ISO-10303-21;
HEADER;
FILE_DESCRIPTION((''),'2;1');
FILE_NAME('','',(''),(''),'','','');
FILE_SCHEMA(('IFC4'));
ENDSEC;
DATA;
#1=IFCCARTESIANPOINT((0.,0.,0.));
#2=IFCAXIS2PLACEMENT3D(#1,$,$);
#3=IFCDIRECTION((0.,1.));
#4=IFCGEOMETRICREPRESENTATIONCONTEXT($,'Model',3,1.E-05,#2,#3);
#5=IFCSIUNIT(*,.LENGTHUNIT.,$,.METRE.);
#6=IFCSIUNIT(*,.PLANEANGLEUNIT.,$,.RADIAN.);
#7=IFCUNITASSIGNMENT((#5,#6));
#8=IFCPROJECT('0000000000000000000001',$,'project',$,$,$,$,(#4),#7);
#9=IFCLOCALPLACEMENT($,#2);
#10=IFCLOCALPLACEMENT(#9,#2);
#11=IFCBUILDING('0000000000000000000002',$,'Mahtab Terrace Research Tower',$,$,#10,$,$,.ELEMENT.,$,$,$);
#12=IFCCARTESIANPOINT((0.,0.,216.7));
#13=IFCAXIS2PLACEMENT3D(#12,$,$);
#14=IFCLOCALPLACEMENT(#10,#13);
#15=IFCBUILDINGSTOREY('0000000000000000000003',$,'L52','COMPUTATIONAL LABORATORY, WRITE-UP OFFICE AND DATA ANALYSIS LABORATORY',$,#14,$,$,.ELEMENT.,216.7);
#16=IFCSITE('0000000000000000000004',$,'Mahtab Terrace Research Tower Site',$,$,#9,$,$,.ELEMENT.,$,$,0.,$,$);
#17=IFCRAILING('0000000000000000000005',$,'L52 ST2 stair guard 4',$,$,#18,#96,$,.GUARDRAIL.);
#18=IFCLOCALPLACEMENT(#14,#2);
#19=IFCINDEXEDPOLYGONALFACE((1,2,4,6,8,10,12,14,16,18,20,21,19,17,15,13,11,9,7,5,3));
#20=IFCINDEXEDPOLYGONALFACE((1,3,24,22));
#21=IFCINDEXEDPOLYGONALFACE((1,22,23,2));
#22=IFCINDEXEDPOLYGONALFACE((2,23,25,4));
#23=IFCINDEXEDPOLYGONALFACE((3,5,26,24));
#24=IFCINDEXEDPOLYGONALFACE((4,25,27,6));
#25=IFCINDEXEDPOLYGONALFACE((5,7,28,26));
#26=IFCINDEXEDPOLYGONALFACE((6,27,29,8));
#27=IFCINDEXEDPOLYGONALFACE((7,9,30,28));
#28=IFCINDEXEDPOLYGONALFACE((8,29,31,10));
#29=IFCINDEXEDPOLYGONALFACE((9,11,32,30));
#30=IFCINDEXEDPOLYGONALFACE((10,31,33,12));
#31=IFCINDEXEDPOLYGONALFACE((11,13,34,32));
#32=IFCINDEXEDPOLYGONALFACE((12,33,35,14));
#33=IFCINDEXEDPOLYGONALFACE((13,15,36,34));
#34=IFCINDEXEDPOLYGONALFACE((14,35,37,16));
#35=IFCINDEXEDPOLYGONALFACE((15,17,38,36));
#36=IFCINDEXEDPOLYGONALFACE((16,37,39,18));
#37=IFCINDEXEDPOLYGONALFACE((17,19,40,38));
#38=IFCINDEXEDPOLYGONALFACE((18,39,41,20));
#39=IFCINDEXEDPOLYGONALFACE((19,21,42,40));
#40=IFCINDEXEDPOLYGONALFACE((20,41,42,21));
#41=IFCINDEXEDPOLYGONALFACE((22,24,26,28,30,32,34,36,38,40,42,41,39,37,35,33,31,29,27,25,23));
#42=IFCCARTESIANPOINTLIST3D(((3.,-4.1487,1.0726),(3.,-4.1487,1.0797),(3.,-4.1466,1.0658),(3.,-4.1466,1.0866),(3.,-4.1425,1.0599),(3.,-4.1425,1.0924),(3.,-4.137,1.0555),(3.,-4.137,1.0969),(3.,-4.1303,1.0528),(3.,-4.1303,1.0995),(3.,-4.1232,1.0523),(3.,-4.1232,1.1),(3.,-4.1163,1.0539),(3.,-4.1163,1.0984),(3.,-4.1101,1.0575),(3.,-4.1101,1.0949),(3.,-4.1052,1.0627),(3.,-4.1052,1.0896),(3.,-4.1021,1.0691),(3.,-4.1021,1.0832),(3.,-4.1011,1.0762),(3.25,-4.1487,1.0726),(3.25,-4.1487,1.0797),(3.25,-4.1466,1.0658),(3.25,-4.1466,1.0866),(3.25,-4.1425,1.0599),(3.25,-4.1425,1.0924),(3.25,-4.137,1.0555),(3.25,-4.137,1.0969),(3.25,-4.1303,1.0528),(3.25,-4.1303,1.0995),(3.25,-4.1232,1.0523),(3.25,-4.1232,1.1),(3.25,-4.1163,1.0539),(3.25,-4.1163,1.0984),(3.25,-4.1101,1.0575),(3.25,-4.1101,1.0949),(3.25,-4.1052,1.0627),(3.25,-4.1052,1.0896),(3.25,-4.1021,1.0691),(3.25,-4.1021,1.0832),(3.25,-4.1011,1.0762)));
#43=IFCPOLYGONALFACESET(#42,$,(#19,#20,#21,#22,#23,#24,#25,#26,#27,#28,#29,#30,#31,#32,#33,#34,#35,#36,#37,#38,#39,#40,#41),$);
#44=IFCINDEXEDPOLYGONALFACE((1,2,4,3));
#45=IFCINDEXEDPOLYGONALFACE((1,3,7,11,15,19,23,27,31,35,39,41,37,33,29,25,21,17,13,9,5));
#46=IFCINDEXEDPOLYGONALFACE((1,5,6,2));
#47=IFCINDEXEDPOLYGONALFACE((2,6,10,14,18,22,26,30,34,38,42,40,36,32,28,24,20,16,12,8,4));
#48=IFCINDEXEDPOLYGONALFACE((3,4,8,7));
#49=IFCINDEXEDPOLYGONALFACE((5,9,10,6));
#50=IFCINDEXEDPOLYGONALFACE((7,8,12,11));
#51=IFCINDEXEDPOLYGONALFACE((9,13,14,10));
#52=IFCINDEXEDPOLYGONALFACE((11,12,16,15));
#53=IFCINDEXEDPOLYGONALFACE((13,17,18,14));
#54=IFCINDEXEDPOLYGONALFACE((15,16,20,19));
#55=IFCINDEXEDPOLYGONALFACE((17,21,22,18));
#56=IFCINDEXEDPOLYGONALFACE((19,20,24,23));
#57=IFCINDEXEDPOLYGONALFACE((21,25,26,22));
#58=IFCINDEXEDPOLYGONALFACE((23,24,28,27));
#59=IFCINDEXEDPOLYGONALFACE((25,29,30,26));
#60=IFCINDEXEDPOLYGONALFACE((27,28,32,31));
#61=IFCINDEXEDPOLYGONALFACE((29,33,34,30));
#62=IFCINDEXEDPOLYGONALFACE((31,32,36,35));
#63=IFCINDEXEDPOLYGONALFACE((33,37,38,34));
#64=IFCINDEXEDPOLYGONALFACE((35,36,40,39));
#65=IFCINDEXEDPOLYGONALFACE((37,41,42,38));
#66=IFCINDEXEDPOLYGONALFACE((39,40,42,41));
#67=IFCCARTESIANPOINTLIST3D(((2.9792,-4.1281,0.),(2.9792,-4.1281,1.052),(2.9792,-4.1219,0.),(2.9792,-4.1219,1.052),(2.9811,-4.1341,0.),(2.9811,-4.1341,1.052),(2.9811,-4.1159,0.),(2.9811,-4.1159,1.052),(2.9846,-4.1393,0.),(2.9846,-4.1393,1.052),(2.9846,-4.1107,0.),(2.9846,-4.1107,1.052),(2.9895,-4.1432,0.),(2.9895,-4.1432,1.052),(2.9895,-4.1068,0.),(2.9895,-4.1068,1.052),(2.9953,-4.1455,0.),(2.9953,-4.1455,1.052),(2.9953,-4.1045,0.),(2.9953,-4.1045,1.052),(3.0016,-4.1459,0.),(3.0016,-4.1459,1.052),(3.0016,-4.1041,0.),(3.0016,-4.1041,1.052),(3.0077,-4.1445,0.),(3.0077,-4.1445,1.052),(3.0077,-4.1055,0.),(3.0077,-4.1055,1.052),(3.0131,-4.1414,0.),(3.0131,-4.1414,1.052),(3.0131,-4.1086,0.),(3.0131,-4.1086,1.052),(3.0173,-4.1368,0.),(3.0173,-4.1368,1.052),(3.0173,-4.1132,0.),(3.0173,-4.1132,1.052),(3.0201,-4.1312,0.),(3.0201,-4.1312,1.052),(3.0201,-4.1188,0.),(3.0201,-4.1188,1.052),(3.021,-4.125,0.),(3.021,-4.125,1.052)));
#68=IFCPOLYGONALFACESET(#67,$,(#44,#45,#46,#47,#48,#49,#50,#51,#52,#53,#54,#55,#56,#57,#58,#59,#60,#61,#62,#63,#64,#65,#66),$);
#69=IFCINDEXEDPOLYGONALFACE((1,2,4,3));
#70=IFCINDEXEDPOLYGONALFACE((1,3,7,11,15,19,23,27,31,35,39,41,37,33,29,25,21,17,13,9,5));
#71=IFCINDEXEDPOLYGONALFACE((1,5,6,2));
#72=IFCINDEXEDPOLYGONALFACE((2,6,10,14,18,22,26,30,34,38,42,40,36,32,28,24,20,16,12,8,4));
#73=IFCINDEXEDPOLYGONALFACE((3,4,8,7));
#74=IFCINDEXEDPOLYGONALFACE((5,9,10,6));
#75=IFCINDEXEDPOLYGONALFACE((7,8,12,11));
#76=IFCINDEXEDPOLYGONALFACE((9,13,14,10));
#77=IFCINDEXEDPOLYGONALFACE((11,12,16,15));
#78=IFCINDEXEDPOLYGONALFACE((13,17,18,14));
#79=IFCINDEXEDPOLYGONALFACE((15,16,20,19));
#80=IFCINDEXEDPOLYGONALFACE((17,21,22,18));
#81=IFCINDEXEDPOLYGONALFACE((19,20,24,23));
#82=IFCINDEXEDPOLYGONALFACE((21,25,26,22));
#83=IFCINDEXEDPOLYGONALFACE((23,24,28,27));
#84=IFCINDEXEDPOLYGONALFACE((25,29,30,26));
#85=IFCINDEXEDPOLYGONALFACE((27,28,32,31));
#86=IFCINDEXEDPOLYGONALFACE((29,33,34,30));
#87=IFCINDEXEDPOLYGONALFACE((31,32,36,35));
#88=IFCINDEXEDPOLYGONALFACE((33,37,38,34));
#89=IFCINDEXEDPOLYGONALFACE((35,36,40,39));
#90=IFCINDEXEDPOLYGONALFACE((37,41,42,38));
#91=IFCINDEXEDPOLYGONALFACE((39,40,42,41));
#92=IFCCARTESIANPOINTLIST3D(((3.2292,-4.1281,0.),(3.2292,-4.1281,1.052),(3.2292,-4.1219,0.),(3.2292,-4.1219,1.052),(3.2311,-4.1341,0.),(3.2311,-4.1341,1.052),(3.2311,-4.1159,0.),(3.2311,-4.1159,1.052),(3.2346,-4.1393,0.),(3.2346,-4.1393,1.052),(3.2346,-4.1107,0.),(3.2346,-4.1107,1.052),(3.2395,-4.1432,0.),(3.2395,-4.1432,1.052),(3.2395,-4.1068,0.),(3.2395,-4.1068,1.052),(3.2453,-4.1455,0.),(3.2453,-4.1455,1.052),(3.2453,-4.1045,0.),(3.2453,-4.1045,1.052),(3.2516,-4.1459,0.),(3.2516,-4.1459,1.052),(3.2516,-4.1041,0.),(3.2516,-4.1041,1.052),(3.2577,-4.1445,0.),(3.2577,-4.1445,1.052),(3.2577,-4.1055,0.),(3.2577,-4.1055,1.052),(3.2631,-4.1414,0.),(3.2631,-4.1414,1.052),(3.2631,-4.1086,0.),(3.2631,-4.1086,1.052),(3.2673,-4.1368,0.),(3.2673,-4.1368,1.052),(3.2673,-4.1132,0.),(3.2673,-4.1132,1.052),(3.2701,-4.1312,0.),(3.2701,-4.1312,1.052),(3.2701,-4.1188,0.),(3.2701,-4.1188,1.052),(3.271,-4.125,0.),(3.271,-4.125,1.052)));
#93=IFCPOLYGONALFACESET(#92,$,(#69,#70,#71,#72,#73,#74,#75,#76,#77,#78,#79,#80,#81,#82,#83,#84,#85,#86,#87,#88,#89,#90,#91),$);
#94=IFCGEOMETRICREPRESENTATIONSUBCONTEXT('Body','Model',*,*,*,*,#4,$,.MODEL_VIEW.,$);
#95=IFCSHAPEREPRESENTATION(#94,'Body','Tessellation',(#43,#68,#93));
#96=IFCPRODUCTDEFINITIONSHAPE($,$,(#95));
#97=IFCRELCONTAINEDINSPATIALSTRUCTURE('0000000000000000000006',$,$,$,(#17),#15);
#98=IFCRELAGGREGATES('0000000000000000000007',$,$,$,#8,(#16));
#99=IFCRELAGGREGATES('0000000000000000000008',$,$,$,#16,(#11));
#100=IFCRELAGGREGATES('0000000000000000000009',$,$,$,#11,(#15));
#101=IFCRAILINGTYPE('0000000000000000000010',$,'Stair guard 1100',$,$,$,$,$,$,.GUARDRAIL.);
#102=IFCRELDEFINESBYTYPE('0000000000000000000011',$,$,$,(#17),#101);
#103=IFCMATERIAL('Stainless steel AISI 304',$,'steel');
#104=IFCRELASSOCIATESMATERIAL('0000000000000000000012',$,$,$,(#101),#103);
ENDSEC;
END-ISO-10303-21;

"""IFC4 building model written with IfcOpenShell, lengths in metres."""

from ifc_helpers import new_model, si_unit, direction, frame, origin, origin_2d, place, context, subcontext, project, spatial, circle, extrude, material, type_object, element, save


model = new_model("IFC4")

# Units and contexts
model_context = context("Model", 3, precision=1e-05, world=origin(), true_north=direction((0.0, 1.0)))
body_context = subcontext(model_context, "Body", "Model", "MODEL_VIEW")
ifc_project = project(units=[si_unit("LENGTHUNIT", "METRE"), si_unit("PLANEANGLEUNIT", "RADIAN")], contexts=[model_context])

# Site, building, storey
site_placement = place(None, origin())
site = spatial("IfcSite", under=ifc_project, at=site_placement, Name="Mahtab Terrace Research Tower Site", CompositionType="ELEMENT", RefElevation=0.0)
building_placement = place(site_placement, origin())
building = spatial("IfcBuilding", under=site, at=building_placement, Name="Mahtab Terrace Research Tower", CompositionType="ELEMENT")
storey_placement = place(building_placement, frame((0.0, 0.0, 216.7)))
storey = spatial("IfcBuildingStorey", under=building, at=storey_placement, Name="L52", Description="COMPUTATIONAL LABORATORY, WRITE-UP OFFICE AND DATA ANALYSIS LABORATORY", CompositionType="ELEMENT", Elevation=216.7)

# Railing
ifc_material_1 = material(Name="Stainless steel AISI 304", Category="steel")
railing_type_1 = type_object("IfcRailingType", Name="Stair guard 1100", PredefinedType="GUARDRAIL", material=ifc_material_1)
railing_1_placement = place(storey_placement, frame((3.0, -4.125, 0.0)))
element("IfcRailing", 1, at=railing_1_placement, inside=storey, type_object=railing_type_1, Name="L52 ST2 stair guard 4", PredefinedType="GUARDRAIL", context=body_context, shape_type="SweptSolid", body=[
    extrude(circle(Radius=0.0239, at=origin_2d()), frame((0.0, 0.0, 1.0762), z_axis=(1.0, 0.0, 0.0), x_axis=(0.0, 1.0, 0.0)), (0.0, 0.0, 1.0), 0.25),
    extrude(circle(Radius=0.021, at=origin_2d()), origin(), (0.0, 0.0, 1.0), 1.052),
    extrude(circle(Radius=0.021, at=origin_2d()), frame((0.25, 0.0, 0.0)), (0.0, 0.0, 1.0), 1.052),
])

save(model, "model.ifc")
